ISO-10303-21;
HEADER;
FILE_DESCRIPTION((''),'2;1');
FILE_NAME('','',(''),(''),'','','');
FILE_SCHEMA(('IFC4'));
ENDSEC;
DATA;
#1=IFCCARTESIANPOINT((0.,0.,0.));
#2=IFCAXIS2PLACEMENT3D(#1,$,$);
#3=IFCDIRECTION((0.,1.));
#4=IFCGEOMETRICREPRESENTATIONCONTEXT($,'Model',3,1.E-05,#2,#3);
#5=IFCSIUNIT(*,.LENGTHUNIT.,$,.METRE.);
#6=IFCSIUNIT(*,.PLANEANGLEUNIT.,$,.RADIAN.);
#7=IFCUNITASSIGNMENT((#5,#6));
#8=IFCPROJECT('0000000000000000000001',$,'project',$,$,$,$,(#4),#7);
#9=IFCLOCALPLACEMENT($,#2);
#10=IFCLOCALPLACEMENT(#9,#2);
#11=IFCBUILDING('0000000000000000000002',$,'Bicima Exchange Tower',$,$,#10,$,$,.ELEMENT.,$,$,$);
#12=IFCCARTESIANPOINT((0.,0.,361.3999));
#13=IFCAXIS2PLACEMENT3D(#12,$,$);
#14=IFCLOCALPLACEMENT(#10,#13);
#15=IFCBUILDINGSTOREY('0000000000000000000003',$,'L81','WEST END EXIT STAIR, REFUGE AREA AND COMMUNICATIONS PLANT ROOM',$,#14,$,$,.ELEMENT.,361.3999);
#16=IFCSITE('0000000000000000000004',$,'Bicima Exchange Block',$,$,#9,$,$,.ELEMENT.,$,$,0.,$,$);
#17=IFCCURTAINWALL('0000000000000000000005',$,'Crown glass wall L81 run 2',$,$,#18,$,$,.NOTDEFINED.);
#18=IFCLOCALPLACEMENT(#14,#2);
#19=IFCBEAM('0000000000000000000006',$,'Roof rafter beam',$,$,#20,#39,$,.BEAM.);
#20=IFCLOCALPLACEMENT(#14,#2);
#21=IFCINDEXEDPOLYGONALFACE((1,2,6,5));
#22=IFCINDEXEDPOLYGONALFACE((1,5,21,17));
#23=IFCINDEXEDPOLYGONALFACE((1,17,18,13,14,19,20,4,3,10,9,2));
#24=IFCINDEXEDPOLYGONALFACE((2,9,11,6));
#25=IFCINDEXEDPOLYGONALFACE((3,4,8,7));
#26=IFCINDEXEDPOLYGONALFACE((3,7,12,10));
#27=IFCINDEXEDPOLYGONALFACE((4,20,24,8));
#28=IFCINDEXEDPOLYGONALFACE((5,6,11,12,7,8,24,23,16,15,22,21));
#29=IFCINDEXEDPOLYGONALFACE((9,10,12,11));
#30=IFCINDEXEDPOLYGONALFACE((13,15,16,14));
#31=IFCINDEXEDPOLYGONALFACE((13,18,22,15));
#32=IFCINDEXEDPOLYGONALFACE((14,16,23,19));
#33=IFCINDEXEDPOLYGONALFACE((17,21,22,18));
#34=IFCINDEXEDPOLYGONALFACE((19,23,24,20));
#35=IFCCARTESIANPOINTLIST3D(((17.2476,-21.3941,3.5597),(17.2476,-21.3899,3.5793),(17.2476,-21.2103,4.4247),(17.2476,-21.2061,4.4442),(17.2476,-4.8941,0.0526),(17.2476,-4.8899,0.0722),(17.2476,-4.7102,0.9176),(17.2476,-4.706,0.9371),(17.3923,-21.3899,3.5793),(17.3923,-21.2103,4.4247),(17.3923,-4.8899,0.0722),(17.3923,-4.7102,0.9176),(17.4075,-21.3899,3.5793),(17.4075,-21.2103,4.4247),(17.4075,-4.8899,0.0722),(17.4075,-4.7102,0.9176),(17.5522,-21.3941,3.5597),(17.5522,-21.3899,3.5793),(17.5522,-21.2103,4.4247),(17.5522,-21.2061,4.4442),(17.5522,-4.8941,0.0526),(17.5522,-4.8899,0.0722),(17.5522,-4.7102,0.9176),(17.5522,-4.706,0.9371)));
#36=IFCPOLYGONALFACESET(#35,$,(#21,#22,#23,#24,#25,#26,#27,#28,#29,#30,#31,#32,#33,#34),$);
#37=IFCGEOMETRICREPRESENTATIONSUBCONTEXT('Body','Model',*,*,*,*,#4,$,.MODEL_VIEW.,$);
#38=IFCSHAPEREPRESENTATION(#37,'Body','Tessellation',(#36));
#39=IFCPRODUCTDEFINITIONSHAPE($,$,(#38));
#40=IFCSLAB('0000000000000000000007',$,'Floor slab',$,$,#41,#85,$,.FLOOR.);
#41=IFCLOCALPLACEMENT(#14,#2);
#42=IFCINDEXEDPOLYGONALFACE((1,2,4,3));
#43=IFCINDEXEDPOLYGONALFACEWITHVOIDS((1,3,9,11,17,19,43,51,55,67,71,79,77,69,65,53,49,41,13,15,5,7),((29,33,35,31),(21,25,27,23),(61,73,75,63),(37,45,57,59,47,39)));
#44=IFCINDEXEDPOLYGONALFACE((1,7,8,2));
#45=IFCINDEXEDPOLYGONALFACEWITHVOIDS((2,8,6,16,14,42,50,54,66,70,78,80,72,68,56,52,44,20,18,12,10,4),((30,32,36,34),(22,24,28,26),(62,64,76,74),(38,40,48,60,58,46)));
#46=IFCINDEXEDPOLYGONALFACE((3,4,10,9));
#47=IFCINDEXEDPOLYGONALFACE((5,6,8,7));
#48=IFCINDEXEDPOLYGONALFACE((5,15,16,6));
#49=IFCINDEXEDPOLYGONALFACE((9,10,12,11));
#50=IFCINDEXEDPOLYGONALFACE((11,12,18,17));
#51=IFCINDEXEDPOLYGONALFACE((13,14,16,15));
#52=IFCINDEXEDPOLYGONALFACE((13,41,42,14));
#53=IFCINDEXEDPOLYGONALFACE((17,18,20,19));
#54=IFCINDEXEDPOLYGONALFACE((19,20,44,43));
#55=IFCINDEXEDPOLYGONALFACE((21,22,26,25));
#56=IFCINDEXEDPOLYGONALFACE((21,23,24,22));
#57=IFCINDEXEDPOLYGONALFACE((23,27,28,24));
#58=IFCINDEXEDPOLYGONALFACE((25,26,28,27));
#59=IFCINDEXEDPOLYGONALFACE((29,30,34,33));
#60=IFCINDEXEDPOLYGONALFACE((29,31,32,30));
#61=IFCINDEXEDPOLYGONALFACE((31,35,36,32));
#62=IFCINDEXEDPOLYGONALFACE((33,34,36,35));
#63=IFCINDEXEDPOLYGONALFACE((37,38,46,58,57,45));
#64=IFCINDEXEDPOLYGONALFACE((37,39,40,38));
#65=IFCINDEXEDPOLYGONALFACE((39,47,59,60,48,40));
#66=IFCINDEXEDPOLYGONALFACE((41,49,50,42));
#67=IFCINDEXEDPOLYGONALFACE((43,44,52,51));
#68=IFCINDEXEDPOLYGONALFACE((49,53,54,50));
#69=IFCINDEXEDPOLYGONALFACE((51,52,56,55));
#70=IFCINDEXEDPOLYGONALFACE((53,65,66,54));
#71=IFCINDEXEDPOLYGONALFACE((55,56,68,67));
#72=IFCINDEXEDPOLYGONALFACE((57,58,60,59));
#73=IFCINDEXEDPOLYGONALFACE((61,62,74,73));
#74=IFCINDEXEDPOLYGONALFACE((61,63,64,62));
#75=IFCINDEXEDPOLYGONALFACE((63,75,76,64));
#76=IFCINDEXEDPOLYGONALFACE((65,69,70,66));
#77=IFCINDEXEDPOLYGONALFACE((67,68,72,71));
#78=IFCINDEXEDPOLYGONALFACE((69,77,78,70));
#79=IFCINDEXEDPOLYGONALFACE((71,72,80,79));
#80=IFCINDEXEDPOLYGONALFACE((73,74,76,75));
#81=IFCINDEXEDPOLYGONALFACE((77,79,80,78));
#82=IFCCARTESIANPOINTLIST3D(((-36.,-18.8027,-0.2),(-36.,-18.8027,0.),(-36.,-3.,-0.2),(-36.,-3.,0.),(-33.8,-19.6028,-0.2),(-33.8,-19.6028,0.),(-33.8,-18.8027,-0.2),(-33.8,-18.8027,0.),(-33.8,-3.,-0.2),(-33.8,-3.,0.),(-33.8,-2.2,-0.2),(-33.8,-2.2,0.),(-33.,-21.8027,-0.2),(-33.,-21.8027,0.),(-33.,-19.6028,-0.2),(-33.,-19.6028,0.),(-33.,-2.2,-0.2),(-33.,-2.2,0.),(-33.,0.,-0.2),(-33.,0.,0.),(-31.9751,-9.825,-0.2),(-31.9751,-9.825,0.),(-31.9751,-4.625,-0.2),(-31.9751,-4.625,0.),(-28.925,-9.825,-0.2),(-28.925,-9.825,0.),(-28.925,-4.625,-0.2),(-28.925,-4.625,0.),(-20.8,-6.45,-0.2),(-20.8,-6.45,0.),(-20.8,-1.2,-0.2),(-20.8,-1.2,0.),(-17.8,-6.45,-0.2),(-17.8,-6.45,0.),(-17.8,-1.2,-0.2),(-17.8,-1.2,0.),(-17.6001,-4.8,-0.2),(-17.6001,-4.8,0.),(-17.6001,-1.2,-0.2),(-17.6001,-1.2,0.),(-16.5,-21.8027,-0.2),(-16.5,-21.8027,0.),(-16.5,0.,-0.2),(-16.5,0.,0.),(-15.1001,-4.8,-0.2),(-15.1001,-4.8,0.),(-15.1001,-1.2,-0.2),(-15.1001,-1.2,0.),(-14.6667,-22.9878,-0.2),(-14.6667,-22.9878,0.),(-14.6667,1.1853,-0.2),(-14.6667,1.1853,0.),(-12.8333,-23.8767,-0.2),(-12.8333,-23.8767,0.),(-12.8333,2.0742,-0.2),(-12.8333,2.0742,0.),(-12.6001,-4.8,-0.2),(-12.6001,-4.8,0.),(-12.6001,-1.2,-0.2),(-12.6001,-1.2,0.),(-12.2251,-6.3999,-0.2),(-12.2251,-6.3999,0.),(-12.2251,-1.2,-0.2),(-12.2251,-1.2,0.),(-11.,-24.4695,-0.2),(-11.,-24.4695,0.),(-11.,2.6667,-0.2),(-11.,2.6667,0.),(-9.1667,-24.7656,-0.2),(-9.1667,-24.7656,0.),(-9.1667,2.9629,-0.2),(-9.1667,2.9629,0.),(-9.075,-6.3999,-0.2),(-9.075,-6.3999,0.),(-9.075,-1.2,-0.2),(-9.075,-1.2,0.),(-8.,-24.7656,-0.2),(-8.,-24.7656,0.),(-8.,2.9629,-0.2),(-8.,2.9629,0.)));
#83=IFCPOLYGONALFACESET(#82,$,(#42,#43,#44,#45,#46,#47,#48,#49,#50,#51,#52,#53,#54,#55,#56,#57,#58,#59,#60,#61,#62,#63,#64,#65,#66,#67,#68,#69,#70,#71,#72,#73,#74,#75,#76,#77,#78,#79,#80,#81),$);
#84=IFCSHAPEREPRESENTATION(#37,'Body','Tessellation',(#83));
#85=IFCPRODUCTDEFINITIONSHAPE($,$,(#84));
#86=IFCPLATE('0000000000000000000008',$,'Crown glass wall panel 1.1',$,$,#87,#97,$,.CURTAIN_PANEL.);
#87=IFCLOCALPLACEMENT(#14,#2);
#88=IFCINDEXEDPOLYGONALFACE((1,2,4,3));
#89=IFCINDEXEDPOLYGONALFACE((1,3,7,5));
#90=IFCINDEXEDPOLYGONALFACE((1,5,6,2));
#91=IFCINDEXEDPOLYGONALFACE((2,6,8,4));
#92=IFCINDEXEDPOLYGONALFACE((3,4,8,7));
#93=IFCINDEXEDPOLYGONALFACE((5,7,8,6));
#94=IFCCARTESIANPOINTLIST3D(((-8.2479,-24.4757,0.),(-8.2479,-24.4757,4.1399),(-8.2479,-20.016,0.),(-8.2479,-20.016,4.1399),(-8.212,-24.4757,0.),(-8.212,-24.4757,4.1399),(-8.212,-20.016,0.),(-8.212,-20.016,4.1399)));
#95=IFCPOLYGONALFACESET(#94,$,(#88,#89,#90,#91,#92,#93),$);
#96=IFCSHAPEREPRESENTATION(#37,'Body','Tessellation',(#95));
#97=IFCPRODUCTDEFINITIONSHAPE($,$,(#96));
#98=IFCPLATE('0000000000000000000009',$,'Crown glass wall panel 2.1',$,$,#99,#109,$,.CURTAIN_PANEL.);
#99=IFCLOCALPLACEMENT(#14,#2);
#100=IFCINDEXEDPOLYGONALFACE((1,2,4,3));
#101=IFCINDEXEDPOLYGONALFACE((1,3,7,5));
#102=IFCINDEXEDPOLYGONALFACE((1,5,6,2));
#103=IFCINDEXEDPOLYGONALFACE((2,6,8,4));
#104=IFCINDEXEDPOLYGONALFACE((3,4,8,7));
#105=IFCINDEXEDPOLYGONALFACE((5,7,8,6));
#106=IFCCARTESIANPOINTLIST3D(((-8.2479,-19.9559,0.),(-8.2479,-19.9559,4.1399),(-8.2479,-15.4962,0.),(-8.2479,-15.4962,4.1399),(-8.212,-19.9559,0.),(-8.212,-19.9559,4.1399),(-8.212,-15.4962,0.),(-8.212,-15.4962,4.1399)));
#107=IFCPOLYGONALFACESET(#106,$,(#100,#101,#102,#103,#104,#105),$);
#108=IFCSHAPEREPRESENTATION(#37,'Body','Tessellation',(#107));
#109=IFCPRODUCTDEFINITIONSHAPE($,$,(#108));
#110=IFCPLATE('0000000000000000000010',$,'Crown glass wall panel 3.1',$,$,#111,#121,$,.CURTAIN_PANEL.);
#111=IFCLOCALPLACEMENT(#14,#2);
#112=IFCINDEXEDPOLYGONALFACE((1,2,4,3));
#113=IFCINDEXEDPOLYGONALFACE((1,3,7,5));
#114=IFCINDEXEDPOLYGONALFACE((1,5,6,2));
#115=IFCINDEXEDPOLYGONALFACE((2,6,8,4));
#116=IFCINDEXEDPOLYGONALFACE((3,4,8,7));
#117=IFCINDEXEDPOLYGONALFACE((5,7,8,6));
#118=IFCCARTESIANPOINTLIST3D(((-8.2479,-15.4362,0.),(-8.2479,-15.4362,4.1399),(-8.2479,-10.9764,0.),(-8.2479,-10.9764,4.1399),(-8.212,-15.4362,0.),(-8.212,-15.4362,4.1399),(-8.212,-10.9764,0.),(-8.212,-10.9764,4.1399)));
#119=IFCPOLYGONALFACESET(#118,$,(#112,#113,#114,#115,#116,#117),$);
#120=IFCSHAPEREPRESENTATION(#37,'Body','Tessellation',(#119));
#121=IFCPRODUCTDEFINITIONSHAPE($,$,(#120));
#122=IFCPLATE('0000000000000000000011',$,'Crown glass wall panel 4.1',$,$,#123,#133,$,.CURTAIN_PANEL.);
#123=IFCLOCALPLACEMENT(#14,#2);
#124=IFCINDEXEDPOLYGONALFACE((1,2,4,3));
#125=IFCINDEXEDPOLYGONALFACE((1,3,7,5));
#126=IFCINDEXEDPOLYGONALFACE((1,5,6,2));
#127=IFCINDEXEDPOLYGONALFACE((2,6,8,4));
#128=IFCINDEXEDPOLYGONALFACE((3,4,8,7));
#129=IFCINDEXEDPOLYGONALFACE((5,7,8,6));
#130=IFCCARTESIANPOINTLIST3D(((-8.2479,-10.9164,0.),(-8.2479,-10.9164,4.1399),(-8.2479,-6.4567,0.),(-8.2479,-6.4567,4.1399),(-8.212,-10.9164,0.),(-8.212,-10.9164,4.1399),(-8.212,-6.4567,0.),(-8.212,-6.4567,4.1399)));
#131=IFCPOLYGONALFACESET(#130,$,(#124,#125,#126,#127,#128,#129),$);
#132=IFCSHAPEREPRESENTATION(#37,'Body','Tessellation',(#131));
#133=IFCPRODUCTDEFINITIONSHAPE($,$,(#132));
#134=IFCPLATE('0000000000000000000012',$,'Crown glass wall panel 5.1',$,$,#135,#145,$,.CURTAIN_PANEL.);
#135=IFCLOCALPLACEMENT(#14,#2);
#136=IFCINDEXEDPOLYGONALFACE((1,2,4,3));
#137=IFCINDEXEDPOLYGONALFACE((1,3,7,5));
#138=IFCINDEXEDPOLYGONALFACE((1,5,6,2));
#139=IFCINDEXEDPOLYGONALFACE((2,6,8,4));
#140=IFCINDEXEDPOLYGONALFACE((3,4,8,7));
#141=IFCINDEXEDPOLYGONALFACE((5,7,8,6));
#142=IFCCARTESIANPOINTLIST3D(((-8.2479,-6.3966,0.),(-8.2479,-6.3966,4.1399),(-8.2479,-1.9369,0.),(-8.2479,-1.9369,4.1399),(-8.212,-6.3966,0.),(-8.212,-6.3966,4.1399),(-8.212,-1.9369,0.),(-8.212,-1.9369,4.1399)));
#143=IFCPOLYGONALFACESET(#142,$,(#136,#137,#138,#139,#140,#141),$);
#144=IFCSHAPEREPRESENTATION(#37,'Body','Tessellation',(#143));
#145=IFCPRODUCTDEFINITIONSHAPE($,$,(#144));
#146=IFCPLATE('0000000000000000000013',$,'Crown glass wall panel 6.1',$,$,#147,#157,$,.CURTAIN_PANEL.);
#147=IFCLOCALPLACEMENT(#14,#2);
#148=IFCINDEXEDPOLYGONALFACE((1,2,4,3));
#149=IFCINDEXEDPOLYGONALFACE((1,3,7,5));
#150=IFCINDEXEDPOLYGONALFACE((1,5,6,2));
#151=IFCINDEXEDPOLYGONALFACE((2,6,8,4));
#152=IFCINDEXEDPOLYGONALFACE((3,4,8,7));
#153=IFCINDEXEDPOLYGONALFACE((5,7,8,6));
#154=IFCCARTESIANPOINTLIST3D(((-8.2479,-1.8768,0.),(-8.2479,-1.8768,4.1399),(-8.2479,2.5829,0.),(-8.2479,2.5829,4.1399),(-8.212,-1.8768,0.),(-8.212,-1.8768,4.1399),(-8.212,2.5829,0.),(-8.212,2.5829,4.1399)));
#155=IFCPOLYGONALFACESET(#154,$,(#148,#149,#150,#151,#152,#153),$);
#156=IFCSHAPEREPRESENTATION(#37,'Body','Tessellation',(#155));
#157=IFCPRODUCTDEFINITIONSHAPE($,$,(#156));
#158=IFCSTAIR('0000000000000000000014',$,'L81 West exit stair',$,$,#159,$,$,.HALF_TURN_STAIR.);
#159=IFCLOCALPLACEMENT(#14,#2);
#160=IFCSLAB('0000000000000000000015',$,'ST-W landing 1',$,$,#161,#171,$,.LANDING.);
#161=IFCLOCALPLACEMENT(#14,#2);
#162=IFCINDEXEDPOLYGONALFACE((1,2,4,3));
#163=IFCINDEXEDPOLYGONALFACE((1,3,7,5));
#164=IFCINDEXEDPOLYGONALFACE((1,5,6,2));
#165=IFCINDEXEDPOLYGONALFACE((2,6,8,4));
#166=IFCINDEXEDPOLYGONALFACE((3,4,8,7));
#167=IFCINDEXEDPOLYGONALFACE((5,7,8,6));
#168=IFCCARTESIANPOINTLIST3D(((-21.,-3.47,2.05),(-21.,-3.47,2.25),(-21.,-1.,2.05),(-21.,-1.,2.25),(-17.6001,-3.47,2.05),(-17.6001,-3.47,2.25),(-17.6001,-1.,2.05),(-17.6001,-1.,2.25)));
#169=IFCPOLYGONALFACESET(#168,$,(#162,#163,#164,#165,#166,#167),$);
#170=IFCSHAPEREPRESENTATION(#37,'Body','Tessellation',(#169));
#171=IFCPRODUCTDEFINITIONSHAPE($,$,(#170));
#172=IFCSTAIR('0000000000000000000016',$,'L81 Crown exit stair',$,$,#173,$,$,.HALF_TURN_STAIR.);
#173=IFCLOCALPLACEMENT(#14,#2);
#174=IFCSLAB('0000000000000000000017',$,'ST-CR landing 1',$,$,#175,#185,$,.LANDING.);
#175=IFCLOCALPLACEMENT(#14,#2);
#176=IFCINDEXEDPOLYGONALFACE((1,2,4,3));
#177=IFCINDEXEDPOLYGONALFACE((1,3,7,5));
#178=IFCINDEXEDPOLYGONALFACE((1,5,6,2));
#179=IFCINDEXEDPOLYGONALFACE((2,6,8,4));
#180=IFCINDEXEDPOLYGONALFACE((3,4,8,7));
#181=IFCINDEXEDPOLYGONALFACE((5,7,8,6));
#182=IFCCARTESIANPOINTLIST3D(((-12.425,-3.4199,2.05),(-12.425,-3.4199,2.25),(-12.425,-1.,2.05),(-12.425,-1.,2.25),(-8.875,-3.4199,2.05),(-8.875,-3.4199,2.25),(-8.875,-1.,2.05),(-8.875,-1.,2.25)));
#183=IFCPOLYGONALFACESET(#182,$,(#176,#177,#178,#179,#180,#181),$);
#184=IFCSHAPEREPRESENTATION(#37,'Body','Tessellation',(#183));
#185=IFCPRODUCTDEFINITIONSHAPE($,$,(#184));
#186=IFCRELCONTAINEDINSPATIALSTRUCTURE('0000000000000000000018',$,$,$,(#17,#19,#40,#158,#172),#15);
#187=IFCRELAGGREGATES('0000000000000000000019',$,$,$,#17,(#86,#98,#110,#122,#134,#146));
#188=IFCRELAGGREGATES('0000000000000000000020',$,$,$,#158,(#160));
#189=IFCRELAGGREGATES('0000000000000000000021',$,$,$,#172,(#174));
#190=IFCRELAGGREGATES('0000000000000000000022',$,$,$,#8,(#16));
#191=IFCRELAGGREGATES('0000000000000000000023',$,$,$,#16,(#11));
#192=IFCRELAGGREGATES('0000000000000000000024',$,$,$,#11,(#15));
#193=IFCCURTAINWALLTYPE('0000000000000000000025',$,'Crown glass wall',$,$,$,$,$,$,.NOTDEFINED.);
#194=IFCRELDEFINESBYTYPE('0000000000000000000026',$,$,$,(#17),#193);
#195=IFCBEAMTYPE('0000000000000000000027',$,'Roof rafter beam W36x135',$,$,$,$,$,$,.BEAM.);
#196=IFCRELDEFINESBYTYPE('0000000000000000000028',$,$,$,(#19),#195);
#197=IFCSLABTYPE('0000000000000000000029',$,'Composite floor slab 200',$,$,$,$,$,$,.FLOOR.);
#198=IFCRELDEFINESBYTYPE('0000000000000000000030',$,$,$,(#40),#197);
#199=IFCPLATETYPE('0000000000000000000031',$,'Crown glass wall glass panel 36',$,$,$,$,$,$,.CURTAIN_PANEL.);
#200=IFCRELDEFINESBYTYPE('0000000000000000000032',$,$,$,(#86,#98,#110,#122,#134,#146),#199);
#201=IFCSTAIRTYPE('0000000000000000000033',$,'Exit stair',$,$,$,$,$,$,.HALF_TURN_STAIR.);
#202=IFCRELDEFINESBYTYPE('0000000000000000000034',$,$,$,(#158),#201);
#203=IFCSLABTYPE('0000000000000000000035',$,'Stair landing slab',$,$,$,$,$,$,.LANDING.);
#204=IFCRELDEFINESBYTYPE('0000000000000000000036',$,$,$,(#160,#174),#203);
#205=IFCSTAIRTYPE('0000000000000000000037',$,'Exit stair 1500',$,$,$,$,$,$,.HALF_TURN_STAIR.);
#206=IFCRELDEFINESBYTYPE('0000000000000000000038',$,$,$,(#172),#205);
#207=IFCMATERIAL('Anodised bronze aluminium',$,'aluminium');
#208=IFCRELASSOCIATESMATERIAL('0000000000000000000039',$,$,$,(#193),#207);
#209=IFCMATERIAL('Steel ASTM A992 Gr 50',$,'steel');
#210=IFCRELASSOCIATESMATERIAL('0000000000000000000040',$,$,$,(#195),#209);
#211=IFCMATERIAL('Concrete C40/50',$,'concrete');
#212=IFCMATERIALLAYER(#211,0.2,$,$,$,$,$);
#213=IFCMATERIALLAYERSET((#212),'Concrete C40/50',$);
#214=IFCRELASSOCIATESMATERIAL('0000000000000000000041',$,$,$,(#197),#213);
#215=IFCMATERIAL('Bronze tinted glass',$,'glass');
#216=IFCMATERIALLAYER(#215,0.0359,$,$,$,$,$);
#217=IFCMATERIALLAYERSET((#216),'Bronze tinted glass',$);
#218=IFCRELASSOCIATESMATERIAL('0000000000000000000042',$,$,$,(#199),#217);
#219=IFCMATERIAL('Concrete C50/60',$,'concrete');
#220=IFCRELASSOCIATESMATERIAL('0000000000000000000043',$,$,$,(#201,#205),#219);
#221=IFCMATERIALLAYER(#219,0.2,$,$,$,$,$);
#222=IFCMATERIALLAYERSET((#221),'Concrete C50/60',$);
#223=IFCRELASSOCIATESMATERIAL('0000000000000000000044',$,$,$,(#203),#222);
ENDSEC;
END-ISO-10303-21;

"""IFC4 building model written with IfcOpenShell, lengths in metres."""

from ifc_helpers import new_model, si_unit, direction, frame, origin, origin_2d, place, context, subcontext, project, spatial, polyline, rectangle, i_section, outline, extrude, material, layer, layer_set, material_profile, profile_set, type_object, element, aggregate, save


model = new_model("IFC4")

# Units and contexts
model_context = context("Model", 3, precision=1e-05, world=origin(), true_north=direction((0.0, 1.0)))
body_context = subcontext(model_context, "Body", "Model", "MODEL_VIEW")
ifc_project = project(units=[si_unit("LENGTHUNIT", "METRE"), si_unit("PLANEANGLEUNIT", "RADIAN")], contexts=[model_context])

# Site, building, storey
site_placement = place(None, origin())
site = spatial("IfcSite", under=ifc_project, at=site_placement, Name="Bicima Exchange Block", CompositionType="ELEMENT", RefElevation=0.0)
building_placement = place(site_placement, origin())
building = spatial("IfcBuilding", under=site, at=building_placement, Name="Bicima Exchange Tower", CompositionType="ELEMENT")
storey_placement = place(building_placement, frame((0.0, 0.0, 361.3999)))
storey = spatial("IfcBuildingStorey", under=building, at=storey_placement, Name="L81", Description="WEST END EXIT STAIR, REFUGE AREA AND COMMUNICATIONS PLANT ROOM", CompositionType="ELEMENT", Elevation=361.3999)

# Curtain wall
ifc_material_1 = material(Name="Anodised bronze aluminium", Category="aluminium")
curtain_wall_type = type_object("IfcCurtainWallType", Name="Crown glass wall", PredefinedType="NOTDEFINED", material=ifc_material_1)
curtain_wall_placement = place(storey_placement, origin())
curtain_wall = element("IfcCurtainWall", 1, at=curtain_wall_placement, inside=storey, type_object=curtain_wall_type, Name="Crown glass wall L81 run 2", PredefinedType="NOTDEFINED")

# Beam
ifc_material_2 = material(Name="Steel ASTM A992 Gr 50", Category="steel")
ifc_material_profile_1 = material_profile(ifc_material_2, i_section(OverallWidth=0.3047, OverallDepth=0.9043, WebThickness=0.0151, FlangeThickness=0.02, at=origin_2d()))
ifc_profile_set_1 = profile_set([ifc_material_profile_1], Name="Steel ASTM A992 Gr 50")
beam_type_1 = type_object("IfcBeamType", Name="Roof rafter beam W36x135", PredefinedType="BEAM", material=ifc_profile_set_1)
beam_1_placement = place(storey_placement, frame((17.3999, -4.8, 0.4949), z_axis=(0.0, -0.978149, 0.207906), x_axis=(1.0, 0.0, 0.0)))
element("IfcBeam", 2, at=beam_1_placement, inside=storey, type_object=beam_type_1, Name="Roof rafter beam", PredefinedType="BEAM", context=body_context, shape_type="SweptSolid", body=[
    extrude(i_section(OverallWidth=0.3047, OverallDepth=0.9043, WebThickness=0.0151, FlangeThickness=0.02, at=origin_2d()), origin(), (0.0, 0.0, 1.0), 16.8687),
])

# Slab
ifc_material_3 = material(Name="Concrete C40/50", Category="concrete")
ifc_layer_1 = layer(ifc_material_3, 0.2)
ifc_layer_set_1 = layer_set([ifc_layer_1], Name="Concrete C40/50")
slab_type_1 = type_object("IfcSlabType", Name="Composite floor slab 200", PredefinedType="FLOOR", material=ifc_layer_set_1)
slab_1_placement = place(storey_placement, frame((0.0, 0.0, -0.2)))
element("IfcSlab", 3, at=slab_1_placement, inside=storey, type_object=slab_type_1, Name="Floor slab", PredefinedType="FLOOR", context=body_context, shape_type="SweptSolid", body=[
    extrude(outline(polyline([(-33.8, -18.8027), (-36.0, -18.8027), (-36.0, -3.0), (-33.8, -3.0), (-33.8, -2.2), (-33.0, -2.2), (-33.0, 0.0), (-16.5, 0.0), (-14.6667, 1.1853), (-12.8333, 2.0742), (-11.0, 2.6667), (-9.1667, 2.9629), (-8.0, 2.9629), (-8.0, -24.7656), (-9.1667, -24.7656), (-11.0, -24.4695), (-12.8333, -23.8767), (-14.6667, -22.9878), (-16.5, -21.8027), (-33.0, -21.8027), (-33.0, -19.6028), (-33.8, -19.6028), (-33.8, -18.8027)]), holes=[polyline([(-28.925, -4.625), (-31.9751, -4.625), (-31.9751, -9.825), (-28.925, -9.825), (-28.925, -4.625)]), polyline([(-17.8, -1.2), (-20.8, -1.2), (-20.8, -6.45), (-17.8, -6.45), (-17.8, -1.2)]), polyline([(-9.075, -1.2), (-12.2251, -1.2), (-12.2251, -6.3999), (-9.075, -6.3999), (-9.075, -1.2)]), polyline([(-12.6001, -1.2), (-15.1001, -1.2), (-17.6001, -1.2), (-17.6001, -4.8), (-15.1001, -4.8), (-12.6001, -4.8), (-12.6001, -1.2)])]), origin(), (0.0, 0.0, 1.0), 0.2),
])

# Plates
ifc_material_4 = material(Name="Bronze tinted glass", Category="glass")
ifc_layer_2 = layer(ifc_material_4, 0.0359)
ifc_layer_set_2 = layer_set([ifc_layer_2], Name="Bronze tinted glass")
plate_type = type_object("IfcPlateType", Name="Crown glass wall glass panel 36", PredefinedType="CURTAIN_PANEL", material=ifc_layer_set_2)
plate_1_placement = place(storey_placement, frame((-8.23, -22.2458, 0.0), z_axis=(0.0, 0.0, 1.0), x_axis=(0.0, 1.0, 0.0)))
plate_1 = element("IfcPlate", 4, at=plate_1_placement, type_object=plate_type, Name="Crown glass wall panel 1.1", PredefinedType="CURTAIN_PANEL", context=body_context, shape_type="SweptSolid", body=[
    extrude(rectangle(XDim=4.4597, YDim=0.0359, at=origin_2d()), origin(), (0.0, 0.0, 1.0), 4.1399),
])
plate_2_placement = place(storey_placement, frame((-8.23, -17.7261, 0.0), z_axis=(0.0, 0.0, 1.0), x_axis=(0.0, 1.0, 0.0)))
plate_2 = element("IfcPlate", 5, at=plate_2_placement, type_object=plate_type, Name="Crown glass wall panel 2.1", PredefinedType="CURTAIN_PANEL", context=body_context, shape_type="SweptSolid", body=[
    extrude(rectangle(XDim=4.4597, YDim=0.0359, at=origin_2d()), origin(), (0.0, 0.0, 1.0), 4.1399),
])
plate_3_placement = place(storey_placement, frame((-8.23, -13.2063, 0.0), z_axis=(0.0, 0.0, 1.0), x_axis=(0.0, 1.0, 0.0)))
plate_3 = element("IfcPlate", 6, at=plate_3_placement, type_object=plate_type, Name="Crown glass wall panel 3.1", PredefinedType="CURTAIN_PANEL", context=body_context, shape_type="SweptSolid", body=[
    extrude(rectangle(XDim=4.4597, YDim=0.0359, at=origin_2d()), origin(), (0.0, 0.0, 1.0), 4.1399),
])
plate_4_placement = place(storey_placement, frame((-8.23, -8.6865, 0.0), z_axis=(0.0, 0.0, 1.0), x_axis=(0.0, 1.0, 0.0)))
plate_4 = element("IfcPlate", 7, at=plate_4_placement, type_object=plate_type, Name="Crown glass wall panel 4.1", PredefinedType="CURTAIN_PANEL", context=body_context, shape_type="SweptSolid", body=[
    extrude(rectangle(XDim=4.4597, YDim=0.0359, at=origin_2d()), origin(), (0.0, 0.0, 1.0), 4.1399),
])
plate_5_placement = place(storey_placement, frame((-8.23, -4.1667, 0.0), z_axis=(0.0, 0.0, 1.0), x_axis=(0.0, 1.0, 0.0)))
plate_5 = element("IfcPlate", 8, at=plate_5_placement, type_object=plate_type, Name="Crown glass wall panel 5.1", PredefinedType="CURTAIN_PANEL", context=body_context, shape_type="SweptSolid", body=[
    extrude(rectangle(XDim=4.4597, YDim=0.0359, at=origin_2d()), origin(), (0.0, 0.0, 1.0), 4.1399),
])
plate_6_placement = place(storey_placement, frame((-8.23, 0.353, 0.0), z_axis=(0.0, 0.0, 1.0), x_axis=(0.0, 1.0, 0.0)))
plate_6 = element("IfcPlate", 9, at=plate_6_placement, type_object=plate_type, Name="Crown glass wall panel 6.1", PredefinedType="CURTAIN_PANEL", context=body_context, shape_type="SweptSolid", body=[
    extrude(rectangle(XDim=4.4597, YDim=0.0359, at=origin_2d()), origin(), (0.0, 0.0, 1.0), 4.1399),
])
aggregate(curtain_wall, [plate_1, plate_2, plate_3, plate_4, plate_5, plate_6])

# Stairs, slabs
ifc_material_5 = material(Name="Concrete C50/60", Category="concrete")
stair_type_1 = type_object("IfcStairType", Name="Exit stair", PredefinedType="HALF_TURN_STAIR", material=ifc_material_5)
stair_1_placement = place(storey_placement, origin())
stair_1 = element("IfcStair", 10, at=stair_1_placement, inside=storey, type_object=stair_type_1, Name="L81 West exit stair", PredefinedType="HALF_TURN_STAIR")
ifc_layer_3 = layer(ifc_material_5, 0.2)
ifc_layer_set_3 = layer_set([ifc_layer_3], Name="Concrete C50/60")
slab_type_2 = type_object("IfcSlabType", Name="Stair landing slab", PredefinedType="LANDING", material=ifc_layer_set_3)
slab_2_placement = place(storey_placement, frame((0.0, 0.0, 2.05)))
slab_2 = element("IfcSlab", 11, at=slab_2_placement, type_object=slab_type_2, Name="ST-W landing 1", PredefinedType="LANDING", context=body_context, shape_type="SweptSolid", body=[
    extrude(outline(polyline([(-17.6001, -3.47), (-17.6001, -1.0), (-21.0, -1.0), (-21.0, -3.47), (-17.6001, -3.47)])), origin(), (0.0, 0.0, 1.0), 0.2),
])
aggregate(stair_1, [slab_2])
stair_type_2 = type_object("IfcStairType", Name="Exit stair 1500", PredefinedType="HALF_TURN_STAIR", material=ifc_material_5)
stair_2_placement = place(storey_placement, origin())
stair_2 = element("IfcStair", 12, at=stair_2_placement, inside=storey, type_object=stair_type_2, Name="L81 Crown exit stair", PredefinedType="HALF_TURN_STAIR")
slab_3_placement = place(storey_placement, frame((0.0, 0.0, 2.05)))
slab_3 = element("IfcSlab", 13, at=slab_3_placement, type_object=slab_type_2, Name="ST-CR landing 1", PredefinedType="LANDING", context=body_context, shape_type="SweptSolid", body=[
    extrude(outline(polyline([(-8.875, -3.4199), (-8.875, -1.0), (-12.425, -1.0), (-12.425, -3.4199), (-8.875, -3.4199)])), origin(), (0.0, 0.0, 1.0), 0.2),
])
aggregate(stair_2, [slab_3])

save(model, "model.ifc")
